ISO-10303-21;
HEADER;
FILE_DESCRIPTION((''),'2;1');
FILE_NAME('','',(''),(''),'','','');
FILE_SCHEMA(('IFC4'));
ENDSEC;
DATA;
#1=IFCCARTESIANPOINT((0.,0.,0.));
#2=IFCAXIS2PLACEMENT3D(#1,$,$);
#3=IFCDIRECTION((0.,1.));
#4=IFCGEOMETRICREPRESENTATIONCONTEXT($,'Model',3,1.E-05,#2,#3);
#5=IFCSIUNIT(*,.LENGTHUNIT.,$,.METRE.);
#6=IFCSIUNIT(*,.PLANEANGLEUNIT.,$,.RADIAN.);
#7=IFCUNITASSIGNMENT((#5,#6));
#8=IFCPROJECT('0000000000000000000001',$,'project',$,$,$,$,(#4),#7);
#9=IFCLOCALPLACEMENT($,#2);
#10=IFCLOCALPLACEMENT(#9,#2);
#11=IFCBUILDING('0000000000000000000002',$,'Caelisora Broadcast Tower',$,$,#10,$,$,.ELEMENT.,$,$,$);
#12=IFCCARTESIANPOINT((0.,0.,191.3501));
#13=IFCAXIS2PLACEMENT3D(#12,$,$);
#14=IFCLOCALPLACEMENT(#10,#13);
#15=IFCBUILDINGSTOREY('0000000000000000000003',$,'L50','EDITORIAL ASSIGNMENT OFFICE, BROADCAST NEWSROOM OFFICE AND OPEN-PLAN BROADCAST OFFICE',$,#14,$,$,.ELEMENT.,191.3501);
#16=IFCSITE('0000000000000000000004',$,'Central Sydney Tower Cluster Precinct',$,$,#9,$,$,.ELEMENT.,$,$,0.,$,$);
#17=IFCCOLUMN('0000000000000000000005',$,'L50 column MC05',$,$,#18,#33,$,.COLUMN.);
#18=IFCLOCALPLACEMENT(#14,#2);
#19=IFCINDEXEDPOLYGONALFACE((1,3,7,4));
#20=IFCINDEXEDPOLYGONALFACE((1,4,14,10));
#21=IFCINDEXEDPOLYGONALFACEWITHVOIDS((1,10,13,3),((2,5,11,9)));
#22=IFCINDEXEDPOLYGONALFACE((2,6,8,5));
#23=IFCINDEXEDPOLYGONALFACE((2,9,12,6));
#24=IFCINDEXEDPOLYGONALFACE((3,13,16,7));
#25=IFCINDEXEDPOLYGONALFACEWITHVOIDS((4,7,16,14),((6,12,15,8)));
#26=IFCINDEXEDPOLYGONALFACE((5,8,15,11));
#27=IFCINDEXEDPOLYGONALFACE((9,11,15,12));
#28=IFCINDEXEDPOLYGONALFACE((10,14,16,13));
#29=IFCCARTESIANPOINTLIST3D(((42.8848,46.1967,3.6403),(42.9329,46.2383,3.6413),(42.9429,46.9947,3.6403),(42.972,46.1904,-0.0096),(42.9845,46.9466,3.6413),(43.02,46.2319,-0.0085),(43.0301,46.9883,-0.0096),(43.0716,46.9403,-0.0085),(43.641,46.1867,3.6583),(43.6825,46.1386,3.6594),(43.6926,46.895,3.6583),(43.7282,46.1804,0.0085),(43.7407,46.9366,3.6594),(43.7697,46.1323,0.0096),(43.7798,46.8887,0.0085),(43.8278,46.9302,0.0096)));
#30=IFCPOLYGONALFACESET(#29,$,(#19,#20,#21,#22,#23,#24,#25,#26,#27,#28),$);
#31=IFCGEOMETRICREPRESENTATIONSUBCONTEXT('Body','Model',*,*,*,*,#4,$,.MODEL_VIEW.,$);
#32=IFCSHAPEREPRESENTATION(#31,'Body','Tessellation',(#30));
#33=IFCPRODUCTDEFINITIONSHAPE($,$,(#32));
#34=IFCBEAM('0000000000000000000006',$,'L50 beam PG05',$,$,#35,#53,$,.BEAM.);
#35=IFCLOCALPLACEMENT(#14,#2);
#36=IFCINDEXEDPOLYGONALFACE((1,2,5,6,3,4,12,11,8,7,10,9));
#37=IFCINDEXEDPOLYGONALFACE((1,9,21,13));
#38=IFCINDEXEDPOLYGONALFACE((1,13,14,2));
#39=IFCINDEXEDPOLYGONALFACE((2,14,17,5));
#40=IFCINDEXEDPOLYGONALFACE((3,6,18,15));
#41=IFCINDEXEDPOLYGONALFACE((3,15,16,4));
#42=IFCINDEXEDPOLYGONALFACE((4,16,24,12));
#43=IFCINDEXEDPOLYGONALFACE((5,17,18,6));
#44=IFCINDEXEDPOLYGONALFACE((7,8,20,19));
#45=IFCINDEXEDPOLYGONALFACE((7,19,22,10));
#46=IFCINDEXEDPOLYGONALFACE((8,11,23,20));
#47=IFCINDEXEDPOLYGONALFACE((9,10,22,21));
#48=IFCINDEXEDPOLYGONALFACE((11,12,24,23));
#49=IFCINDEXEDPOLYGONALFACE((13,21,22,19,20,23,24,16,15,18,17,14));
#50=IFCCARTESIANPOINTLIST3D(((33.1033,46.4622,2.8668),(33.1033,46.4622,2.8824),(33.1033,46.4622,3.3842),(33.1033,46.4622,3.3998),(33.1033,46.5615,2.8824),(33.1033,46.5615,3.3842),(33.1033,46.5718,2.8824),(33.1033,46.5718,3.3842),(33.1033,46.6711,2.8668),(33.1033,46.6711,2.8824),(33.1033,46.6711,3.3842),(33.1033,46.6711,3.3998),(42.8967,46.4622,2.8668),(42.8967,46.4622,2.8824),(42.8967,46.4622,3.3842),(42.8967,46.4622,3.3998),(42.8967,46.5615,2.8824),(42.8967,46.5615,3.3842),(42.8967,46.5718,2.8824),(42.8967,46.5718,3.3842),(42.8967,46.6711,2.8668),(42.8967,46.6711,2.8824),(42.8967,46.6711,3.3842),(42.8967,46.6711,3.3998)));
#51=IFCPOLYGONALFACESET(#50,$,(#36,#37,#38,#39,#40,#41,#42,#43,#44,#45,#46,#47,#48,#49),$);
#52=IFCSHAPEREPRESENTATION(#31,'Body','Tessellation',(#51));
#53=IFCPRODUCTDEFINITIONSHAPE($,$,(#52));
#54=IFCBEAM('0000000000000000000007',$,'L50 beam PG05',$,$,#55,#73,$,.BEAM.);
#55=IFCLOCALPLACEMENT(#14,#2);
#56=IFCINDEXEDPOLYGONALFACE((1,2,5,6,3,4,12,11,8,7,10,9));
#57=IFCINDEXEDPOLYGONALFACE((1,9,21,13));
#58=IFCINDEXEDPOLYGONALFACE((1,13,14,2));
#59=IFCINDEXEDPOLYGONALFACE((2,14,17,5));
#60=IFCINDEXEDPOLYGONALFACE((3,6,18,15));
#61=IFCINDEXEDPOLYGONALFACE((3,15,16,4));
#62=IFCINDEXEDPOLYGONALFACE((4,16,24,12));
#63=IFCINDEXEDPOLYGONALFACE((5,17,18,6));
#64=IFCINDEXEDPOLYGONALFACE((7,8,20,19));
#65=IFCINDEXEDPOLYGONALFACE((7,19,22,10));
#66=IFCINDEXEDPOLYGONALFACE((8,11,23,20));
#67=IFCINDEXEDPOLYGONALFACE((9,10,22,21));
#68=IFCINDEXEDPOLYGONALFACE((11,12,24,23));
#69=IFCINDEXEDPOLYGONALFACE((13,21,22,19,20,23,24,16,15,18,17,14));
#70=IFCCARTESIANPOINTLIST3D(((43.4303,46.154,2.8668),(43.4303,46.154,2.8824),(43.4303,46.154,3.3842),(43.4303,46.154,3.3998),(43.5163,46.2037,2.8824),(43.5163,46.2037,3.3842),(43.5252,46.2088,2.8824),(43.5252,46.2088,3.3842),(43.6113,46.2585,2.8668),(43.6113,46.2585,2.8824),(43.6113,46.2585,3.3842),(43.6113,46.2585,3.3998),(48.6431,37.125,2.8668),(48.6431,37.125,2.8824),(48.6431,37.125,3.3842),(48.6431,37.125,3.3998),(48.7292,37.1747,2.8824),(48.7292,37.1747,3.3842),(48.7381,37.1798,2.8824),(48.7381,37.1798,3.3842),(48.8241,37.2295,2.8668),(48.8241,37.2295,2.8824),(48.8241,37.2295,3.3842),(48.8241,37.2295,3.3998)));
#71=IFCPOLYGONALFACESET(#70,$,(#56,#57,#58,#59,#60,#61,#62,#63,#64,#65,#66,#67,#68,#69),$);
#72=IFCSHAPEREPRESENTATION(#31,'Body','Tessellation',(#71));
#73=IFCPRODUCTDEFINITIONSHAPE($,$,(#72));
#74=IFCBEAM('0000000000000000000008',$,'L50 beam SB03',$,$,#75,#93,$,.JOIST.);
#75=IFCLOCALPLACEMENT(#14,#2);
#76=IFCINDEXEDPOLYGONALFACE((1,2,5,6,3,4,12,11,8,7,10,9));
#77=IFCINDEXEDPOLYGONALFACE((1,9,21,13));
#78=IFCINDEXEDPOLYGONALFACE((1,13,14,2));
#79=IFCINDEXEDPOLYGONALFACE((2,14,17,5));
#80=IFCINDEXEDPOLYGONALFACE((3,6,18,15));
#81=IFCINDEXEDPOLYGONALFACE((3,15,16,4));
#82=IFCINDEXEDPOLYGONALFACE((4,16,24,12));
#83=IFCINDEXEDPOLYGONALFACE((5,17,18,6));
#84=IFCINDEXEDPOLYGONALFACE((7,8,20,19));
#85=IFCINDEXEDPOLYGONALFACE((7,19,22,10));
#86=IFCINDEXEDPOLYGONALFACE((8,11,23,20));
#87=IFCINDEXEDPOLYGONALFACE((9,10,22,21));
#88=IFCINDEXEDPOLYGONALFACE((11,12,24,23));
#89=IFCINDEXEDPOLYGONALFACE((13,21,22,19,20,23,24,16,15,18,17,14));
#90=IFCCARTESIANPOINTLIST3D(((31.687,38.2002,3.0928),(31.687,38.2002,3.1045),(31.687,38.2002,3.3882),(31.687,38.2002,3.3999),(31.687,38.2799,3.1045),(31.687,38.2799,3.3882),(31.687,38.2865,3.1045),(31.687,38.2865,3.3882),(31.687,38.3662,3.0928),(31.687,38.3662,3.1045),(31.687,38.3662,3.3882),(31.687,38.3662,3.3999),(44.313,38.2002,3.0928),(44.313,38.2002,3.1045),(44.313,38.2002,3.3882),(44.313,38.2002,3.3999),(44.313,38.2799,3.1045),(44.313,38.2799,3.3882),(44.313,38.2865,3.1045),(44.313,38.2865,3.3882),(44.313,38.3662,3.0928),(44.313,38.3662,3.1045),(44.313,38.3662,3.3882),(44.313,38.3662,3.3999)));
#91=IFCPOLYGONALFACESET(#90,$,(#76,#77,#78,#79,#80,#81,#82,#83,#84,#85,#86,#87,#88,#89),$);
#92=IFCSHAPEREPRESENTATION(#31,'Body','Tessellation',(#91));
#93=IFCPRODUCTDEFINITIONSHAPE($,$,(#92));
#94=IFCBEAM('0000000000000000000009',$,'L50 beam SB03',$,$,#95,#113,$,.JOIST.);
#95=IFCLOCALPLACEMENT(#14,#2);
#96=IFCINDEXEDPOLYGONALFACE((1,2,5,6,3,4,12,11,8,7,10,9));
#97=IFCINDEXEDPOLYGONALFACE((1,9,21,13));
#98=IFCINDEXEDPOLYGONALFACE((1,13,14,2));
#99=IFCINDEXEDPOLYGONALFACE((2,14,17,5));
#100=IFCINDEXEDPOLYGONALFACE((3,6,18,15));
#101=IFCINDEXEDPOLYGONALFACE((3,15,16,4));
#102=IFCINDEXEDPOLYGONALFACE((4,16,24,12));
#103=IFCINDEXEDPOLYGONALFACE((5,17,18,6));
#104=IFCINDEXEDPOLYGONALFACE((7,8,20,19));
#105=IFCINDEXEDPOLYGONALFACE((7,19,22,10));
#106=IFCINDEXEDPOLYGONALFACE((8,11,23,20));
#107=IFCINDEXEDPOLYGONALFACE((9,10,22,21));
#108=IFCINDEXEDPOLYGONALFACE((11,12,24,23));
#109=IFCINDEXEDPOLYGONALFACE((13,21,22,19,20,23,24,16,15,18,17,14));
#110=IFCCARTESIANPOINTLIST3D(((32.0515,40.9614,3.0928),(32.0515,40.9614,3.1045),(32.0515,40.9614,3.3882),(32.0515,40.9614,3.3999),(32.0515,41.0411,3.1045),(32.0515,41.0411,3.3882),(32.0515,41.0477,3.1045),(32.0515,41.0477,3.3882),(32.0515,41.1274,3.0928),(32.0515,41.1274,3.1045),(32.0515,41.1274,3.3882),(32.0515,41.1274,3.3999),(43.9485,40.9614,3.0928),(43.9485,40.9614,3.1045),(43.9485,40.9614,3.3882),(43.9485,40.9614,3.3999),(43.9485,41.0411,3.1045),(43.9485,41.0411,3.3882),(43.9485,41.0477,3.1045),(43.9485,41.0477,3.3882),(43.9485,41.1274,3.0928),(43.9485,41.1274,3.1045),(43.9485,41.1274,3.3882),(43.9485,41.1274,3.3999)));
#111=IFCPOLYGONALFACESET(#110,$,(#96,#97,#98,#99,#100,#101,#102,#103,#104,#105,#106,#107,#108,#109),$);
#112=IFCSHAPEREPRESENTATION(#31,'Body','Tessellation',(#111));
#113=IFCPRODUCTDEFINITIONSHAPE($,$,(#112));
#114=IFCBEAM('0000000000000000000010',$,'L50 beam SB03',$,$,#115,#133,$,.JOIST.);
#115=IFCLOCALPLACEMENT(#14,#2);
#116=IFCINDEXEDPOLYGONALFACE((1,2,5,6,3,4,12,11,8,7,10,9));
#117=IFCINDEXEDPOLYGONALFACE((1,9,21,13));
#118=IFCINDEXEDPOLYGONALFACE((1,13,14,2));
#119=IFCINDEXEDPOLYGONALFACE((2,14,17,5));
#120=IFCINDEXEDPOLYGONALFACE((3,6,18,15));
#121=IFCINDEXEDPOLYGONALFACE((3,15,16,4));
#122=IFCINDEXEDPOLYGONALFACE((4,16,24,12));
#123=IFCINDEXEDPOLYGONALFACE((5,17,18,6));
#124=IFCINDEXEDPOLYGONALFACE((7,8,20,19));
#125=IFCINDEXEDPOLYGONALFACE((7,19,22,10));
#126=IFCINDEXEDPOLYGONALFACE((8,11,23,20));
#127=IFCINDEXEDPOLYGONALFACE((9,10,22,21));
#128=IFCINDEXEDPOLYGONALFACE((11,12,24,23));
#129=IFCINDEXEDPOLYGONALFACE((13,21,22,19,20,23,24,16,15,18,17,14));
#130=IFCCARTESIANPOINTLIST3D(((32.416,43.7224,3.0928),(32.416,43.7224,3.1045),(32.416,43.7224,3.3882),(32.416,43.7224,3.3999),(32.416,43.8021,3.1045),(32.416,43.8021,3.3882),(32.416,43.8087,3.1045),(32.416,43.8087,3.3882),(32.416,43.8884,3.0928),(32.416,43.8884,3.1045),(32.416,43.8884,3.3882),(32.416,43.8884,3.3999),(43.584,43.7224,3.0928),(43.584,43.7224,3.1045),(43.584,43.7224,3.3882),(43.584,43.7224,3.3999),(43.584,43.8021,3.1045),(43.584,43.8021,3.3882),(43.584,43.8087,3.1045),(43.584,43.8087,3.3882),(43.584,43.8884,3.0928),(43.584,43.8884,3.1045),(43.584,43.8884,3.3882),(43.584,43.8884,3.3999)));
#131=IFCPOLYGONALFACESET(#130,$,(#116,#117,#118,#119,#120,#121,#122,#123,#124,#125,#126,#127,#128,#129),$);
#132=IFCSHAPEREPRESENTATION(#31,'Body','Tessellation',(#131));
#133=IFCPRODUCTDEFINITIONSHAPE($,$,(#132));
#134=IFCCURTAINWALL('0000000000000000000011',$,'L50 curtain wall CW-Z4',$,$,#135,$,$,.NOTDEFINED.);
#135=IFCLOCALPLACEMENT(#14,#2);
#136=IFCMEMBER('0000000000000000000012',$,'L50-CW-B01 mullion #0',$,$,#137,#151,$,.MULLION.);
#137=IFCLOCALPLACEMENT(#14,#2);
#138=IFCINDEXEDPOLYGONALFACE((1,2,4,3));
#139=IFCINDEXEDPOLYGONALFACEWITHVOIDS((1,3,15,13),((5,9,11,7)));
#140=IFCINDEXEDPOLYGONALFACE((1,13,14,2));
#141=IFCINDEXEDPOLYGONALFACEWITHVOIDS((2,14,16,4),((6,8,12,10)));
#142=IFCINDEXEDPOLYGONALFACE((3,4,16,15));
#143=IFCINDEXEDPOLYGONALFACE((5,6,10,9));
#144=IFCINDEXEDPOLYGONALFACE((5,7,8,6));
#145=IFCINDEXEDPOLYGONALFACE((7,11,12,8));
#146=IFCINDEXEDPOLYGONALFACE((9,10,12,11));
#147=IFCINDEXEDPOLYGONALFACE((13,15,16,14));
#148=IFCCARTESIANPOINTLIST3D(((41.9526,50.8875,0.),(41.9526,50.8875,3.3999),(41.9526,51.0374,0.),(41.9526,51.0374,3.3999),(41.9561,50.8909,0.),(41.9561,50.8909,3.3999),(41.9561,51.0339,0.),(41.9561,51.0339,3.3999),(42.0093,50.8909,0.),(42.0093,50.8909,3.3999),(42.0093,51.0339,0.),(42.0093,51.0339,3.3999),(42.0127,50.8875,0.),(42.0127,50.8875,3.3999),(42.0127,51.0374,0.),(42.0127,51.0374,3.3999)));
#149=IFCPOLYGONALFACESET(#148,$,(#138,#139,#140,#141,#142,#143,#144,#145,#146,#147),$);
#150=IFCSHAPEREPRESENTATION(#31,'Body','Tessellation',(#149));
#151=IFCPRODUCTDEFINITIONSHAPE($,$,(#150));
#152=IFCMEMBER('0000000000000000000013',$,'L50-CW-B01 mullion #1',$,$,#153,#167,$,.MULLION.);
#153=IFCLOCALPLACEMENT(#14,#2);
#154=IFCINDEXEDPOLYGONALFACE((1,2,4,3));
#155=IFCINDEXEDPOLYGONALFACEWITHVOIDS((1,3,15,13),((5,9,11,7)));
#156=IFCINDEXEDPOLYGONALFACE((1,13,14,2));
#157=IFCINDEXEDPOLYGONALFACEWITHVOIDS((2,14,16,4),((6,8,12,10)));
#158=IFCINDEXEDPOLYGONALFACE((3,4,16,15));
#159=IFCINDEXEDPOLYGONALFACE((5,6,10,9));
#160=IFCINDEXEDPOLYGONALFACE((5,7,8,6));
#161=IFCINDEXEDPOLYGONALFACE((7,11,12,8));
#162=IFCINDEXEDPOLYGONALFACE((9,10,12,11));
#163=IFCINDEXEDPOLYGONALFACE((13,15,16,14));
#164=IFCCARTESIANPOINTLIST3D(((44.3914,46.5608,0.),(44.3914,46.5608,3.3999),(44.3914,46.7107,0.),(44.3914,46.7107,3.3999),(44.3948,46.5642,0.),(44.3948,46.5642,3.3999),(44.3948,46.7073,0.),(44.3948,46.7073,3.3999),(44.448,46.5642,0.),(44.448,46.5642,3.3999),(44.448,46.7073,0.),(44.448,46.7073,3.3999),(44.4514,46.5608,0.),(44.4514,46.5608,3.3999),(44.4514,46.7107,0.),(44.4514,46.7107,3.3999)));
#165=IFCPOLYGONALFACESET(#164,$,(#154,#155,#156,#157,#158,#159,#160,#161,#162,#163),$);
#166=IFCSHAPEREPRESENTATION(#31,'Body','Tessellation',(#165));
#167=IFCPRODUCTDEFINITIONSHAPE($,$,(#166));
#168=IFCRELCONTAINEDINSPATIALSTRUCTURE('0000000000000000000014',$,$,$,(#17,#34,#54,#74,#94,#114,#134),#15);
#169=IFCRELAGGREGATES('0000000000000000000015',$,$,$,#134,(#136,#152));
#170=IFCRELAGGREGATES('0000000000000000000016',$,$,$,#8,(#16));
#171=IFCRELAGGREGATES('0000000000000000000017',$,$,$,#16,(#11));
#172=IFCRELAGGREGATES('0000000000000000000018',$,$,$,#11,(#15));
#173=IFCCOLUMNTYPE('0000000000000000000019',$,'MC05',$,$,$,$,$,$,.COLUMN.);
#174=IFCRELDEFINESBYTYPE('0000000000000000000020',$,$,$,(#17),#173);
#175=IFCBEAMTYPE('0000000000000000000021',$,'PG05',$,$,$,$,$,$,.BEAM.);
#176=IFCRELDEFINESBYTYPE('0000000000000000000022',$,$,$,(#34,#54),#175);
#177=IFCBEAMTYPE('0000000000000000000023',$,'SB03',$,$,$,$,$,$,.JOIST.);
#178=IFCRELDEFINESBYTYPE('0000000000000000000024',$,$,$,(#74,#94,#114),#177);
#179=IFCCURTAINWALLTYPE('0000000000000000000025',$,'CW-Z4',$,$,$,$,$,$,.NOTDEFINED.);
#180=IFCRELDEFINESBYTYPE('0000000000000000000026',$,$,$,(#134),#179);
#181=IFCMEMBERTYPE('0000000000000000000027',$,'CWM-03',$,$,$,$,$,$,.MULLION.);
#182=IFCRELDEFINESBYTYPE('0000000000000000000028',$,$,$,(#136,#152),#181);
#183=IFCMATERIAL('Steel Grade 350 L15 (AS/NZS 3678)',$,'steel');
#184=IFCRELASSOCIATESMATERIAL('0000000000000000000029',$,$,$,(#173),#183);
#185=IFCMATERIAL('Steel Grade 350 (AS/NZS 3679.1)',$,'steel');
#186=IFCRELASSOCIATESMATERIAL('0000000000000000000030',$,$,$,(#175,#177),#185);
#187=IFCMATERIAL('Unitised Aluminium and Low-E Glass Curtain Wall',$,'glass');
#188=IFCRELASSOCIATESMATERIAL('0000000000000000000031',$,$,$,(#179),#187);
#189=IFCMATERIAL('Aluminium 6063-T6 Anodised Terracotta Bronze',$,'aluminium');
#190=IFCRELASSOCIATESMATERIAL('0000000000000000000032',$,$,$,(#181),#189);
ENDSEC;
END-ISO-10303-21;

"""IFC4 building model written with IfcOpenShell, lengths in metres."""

from ifc_helpers import new_model, si_unit, direction, frame, origin, origin_2d, place, context, subcontext, project, spatial, hollow_rectangle, i_section, extrude, source, transform, mapped, material, material_profile, profile_set, type_object, type_shapes, element, aggregate, save


model = new_model("IFC4")

# Units and contexts
model_context = context("Model", 3, precision=1e-05, world=origin(), true_north=direction((0.0, 1.0)))
body_context = subcontext(model_context, "Body", "Model", "MODEL_VIEW")
ifc_project = project(units=[si_unit("LENGTHUNIT", "METRE"), si_unit("PLANEANGLEUNIT", "RADIAN")], contexts=[model_context])

# Site, building, storey
site_placement = place(None, origin())
site = spatial("IfcSite", under=ifc_project, at=site_placement, Name="Central Sydney Tower Cluster Precinct", CompositionType="ELEMENT", RefElevation=0.0)
building_placement = place(site_placement, origin())
building = spatial("IfcBuilding", under=site, at=building_placement, Name="Caelisora Broadcast Tower", CompositionType="ELEMENT")
storey_placement = place(building_placement, frame((0.0, 0.0, 191.3501)))
storey = spatial("IfcBuildingStorey", under=building, at=storey_placement, Name="L50", Description="EDITORIAL ASSIGNMENT OFFICE, BROADCAST NEWSROOM OFFICE AND OPEN-PLAN BROADCAST OFFICE", CompositionType="ELEMENT", Elevation=191.3501)

# Column
ifc_material_1 = material(Name="Steel Grade 350 L15 (AS/NZS 3678)", Category="steel")
ifc_material_profile_1 = material_profile(ifc_material_1, hollow_rectangle(XDim=0.8, YDim=0.8, WallThickness=0.0449, at=origin_2d()), Name="Steel Grade 350 L15 (AS/NZS 3678)")
ifc_profile_set_1 = profile_set([ifc_material_profile_1], Name="Steel Grade 350 L15 (AS/NZS 3678)")
column_type = type_object("IfcColumnType", Name="MC05", PredefinedType="COLUMN", material=ifc_profile_set_1)
shared_shape_1 = source(origin(), body_context, "Body", "SweptSolid", [
    extrude(hollow_rectangle(XDim=0.8, YDim=0.8, WallThickness=0.0449, at=origin_2d()), origin(), (0.0, 0.0, 1.0), 3.6509),
])
type_shapes(column_type, [shared_shape_1])
column_placement = place(storey_placement, frame((43.3999, 46.5603, 0.0), z_axis=(-0.023873, 0.001739, 0.999713), x_axis=(-0.072637, -0.997358, 0.0)))
element("IfcColumn", 1, at=column_placement, inside=storey, type_object=column_type, Name="L50 column MC05", PredefinedType="COLUMN", context=body_context, shape_type="MappedRepresentation", body=[
    mapped(shared_shape_1, transform((0.0, 0.0, 0.0), scale=1.0)),
])

# Beams
ifc_material_2 = material(Name="Steel Grade 350 (AS/NZS 3679.1)", Category="steel")
ifc_material_profile_2 = material_profile(ifc_material_2, i_section(OverallWidth=0.209, OverallDepth=0.533, WebThickness=0.0103, FlangeThickness=0.0156, at=origin_2d()), Name="Steel Grade 350 (AS/NZS 3679.1)")
ifc_profile_set_2 = profile_set([ifc_material_profile_2], Name="Steel Grade 350 (AS/NZS 3679.1)")
beam_type_1 = type_object("IfcBeamType", Name="PG05", PredefinedType="BEAM", material=ifc_profile_set_2)
shared_shape_2 = source(origin(), body_context, "Body", "SweptSolid", [
    extrude(i_section(OverallWidth=0.209, OverallDepth=0.533, WebThickness=0.0103, FlangeThickness=0.0156, at=origin_2d()), origin(), (0.0, 0.0, 1.0), 9.7935),
])
beam_1_placement = place(storey_placement, frame((42.8967, 46.5667, 3.1333), z_axis=(-1.0, 0.0, 0.0), x_axis=(0.0, -1.0, 0.0)))
element("IfcBeam", 2, at=beam_1_placement, inside=storey, type_object=beam_type_1, Name="L50 beam PG05", PredefinedType="BEAM", context=body_context, shape_type="MappedRepresentation", body=[
    mapped(shared_shape_2, transform((0.0, 0.0, 0.0), scale=1.0)),
])
shared_shape_3 = source(origin(), body_context, "Body", "SweptSolid", [
    extrude(i_section(OverallWidth=0.209, OverallDepth=0.533, WebThickness=0.0103, FlangeThickness=0.0156, at=origin_2d()), origin(), (0.0, 0.0, 1.0), 10.4258),
])
type_shapes(beam_type_1, [shared_shape_2, shared_shape_3])
beam_2_placement = place(storey_placement, frame((48.7336, 37.1772, 3.1333), z_axis=(-0.499997, 0.866027, 0.0), x_axis=(-0.866027, -0.499997, 0.0)))
element("IfcBeam", 3, at=beam_2_placement, inside=storey, type_object=beam_type_1, Name="L50 beam PG05", PredefinedType="BEAM", context=body_context, shape_type="MappedRepresentation", body=[
    mapped(shared_shape_3, transform((0.0, 0.0, 0.0), scale=1.0)),
])
ifc_material_profile_3 = material_profile(ifc_material_2, i_section(OverallWidth=0.166, OverallDepth=0.3071, WebThickness=0.0066, FlangeThickness=0.0117, at=origin_2d()), Name="Steel Grade 350 (AS/NZS 3679.1)")
ifc_profile_set_3 = profile_set([ifc_material_profile_3], Name="Steel Grade 350 (AS/NZS 3679.1)")
beam_type_2 = type_object("IfcBeamType", Name="SB03", PredefinedType="JOIST", material=ifc_profile_set_3)
shared_shape_4 = source(origin(), body_context, "Body", "SweptSolid", [
    extrude(i_section(OverallWidth=0.166, OverallDepth=0.3071, WebThickness=0.0066, FlangeThickness=0.0117, at=origin_2d()), origin(), (0.0, 0.0, 1.0), 12.626),
])
beam_3_placement = place(storey_placement, frame((44.313, 38.2832, 3.2463), z_axis=(-1.0, 0.0, 0.0), x_axis=(0.0, -1.0, 0.0)))
element("IfcBeam", 4, at=beam_3_placement, inside=storey, type_object=beam_type_2, Name="L50 beam SB03", PredefinedType="JOIST", context=body_context, shape_type="MappedRepresentation", body=[
    mapped(shared_shape_4, transform((0.0, 0.0, 0.0), scale=1.0)),
])
shared_shape_5 = source(origin(), body_context, "Body", "SweptSolid", [
    extrude(i_section(OverallWidth=0.166, OverallDepth=0.3071, WebThickness=0.0066, FlangeThickness=0.0117, at=origin_2d()), origin(), (0.0, 0.0, 1.0), 11.897),
])
beam_4_placement = place(storey_placement, frame((43.9485, 41.0444, 3.2463), z_axis=(-1.0, 0.0, 0.0), x_axis=(0.0, -1.0, 0.0)))
element("IfcBeam", 5, at=beam_4_placement, inside=storey, type_object=beam_type_2, Name="L50 beam SB03", PredefinedType="JOIST", context=body_context, shape_type="MappedRepresentation", body=[
    mapped(shared_shape_5, transform((0.0, 0.0, 0.0), scale=1.0)),
])
shared_shape_6 = source(origin(), body_context, "Body", "SweptSolid", [
    extrude(i_section(OverallWidth=0.166, OverallDepth=0.3071, WebThickness=0.0066, FlangeThickness=0.0117, at=origin_2d()), origin(), (0.0, 0.0, 1.0), 11.168),
])
type_shapes(beam_type_2, [shared_shape_4, shared_shape_5, shared_shape_6])
beam_5_placement = place(storey_placement, frame((43.584, 43.8054, 3.2463), z_axis=(-1.0, 0.0, 0.0), x_axis=(0.0, -1.0, 0.0)))
element("IfcBeam", 6, at=beam_5_placement, inside=storey, type_object=beam_type_2, Name="L50 beam SB03", PredefinedType="JOIST", context=body_context, shape_type="MappedRepresentation", body=[
    mapped(shared_shape_6, transform((0.0, 0.0, 0.0), scale=1.0)),
])

# Curtain wall, members
ifc_material_3 = material(Name="Unitised Aluminium and Low-E Glass Curtain Wall", Category="glass")
curtain_wall_type_1 = type_object("IfcCurtainWallType", Name="CW-Z4", PredefinedType="NOTDEFINED", material=ifc_material_3)
curtain_wall_1_placement = place(storey_placement, origin())
curtain_wall_1 = element("IfcCurtainWall", 7, at=curtain_wall_1_placement, inside=storey, type_object=curtain_wall_type_1, Name="L50 curtain wall CW-Z4", PredefinedType="NOTDEFINED")
ifc_material_4 = material(Name="Aluminium 6063-T6 Anodised Terracotta Bronze", Category="aluminium")
ifc_material_profile_4 = material_profile(ifc_material_4, hollow_rectangle(XDim=0.0601, YDim=0.1499, WallThickness=0.0034, at=origin_2d()), Name="Aluminium 6063-T6 Anodised Terracotta Bronze")
ifc_profile_set_4 = profile_set([ifc_material_profile_4], Name="Aluminium 6063-T6 Anodised Terracotta Bronze")
member_type_1 = type_object("IfcMemberType", Name="CWM-03", PredefinedType="MULLION", material=ifc_profile_set_4)
shared_shape_7 = source(origin(), body_context, "Body", "SweptSolid", [
    extrude(hollow_rectangle(XDim=0.0601, YDim=0.1499, WallThickness=0.0034, at=origin_2d()), origin(), (0.0, 0.0, 1.0), 3.3999),
])
type_shapes(member_type_1, [shared_shape_7])
member_1_placement = place(storey_placement, frame((41.9827, 50.9624, 0.0), z_axis=(0.0, 0.0, 1.0), x_axis=(1.0, 0.0, 0.0)))
member_1 = element("IfcMember", 8, at=member_1_placement, type_object=member_type_1, Name="L50-CW-B01 mullion #0", PredefinedType="MULLION", context=body_context, shape_type="MappedRepresentation", body=[
    mapped(shared_shape_7, transform((0.0, 0.0, 0.0), scale=1.0)),
])
member_2_placement = place(storey_placement, frame((44.4214, 46.6357, 0.0), z_axis=(0.0, 0.0, 1.0), x_axis=(1.0, 0.0, 0.0)))
member_2 = element("IfcMember", 9, at=member_2_placement, type_object=member_type_1, Name="L50-CW-B01 mullion #1", PredefinedType="MULLION", context=body_context, shape_type="MappedRepresentation", body=[
    mapped(shared_shape_7, transform((0.0, 0.0, 0.0), scale=1.0)),
])

aggregate(curtain_wall_1, [member_1, member_2])

save(model, "model.ifc")
